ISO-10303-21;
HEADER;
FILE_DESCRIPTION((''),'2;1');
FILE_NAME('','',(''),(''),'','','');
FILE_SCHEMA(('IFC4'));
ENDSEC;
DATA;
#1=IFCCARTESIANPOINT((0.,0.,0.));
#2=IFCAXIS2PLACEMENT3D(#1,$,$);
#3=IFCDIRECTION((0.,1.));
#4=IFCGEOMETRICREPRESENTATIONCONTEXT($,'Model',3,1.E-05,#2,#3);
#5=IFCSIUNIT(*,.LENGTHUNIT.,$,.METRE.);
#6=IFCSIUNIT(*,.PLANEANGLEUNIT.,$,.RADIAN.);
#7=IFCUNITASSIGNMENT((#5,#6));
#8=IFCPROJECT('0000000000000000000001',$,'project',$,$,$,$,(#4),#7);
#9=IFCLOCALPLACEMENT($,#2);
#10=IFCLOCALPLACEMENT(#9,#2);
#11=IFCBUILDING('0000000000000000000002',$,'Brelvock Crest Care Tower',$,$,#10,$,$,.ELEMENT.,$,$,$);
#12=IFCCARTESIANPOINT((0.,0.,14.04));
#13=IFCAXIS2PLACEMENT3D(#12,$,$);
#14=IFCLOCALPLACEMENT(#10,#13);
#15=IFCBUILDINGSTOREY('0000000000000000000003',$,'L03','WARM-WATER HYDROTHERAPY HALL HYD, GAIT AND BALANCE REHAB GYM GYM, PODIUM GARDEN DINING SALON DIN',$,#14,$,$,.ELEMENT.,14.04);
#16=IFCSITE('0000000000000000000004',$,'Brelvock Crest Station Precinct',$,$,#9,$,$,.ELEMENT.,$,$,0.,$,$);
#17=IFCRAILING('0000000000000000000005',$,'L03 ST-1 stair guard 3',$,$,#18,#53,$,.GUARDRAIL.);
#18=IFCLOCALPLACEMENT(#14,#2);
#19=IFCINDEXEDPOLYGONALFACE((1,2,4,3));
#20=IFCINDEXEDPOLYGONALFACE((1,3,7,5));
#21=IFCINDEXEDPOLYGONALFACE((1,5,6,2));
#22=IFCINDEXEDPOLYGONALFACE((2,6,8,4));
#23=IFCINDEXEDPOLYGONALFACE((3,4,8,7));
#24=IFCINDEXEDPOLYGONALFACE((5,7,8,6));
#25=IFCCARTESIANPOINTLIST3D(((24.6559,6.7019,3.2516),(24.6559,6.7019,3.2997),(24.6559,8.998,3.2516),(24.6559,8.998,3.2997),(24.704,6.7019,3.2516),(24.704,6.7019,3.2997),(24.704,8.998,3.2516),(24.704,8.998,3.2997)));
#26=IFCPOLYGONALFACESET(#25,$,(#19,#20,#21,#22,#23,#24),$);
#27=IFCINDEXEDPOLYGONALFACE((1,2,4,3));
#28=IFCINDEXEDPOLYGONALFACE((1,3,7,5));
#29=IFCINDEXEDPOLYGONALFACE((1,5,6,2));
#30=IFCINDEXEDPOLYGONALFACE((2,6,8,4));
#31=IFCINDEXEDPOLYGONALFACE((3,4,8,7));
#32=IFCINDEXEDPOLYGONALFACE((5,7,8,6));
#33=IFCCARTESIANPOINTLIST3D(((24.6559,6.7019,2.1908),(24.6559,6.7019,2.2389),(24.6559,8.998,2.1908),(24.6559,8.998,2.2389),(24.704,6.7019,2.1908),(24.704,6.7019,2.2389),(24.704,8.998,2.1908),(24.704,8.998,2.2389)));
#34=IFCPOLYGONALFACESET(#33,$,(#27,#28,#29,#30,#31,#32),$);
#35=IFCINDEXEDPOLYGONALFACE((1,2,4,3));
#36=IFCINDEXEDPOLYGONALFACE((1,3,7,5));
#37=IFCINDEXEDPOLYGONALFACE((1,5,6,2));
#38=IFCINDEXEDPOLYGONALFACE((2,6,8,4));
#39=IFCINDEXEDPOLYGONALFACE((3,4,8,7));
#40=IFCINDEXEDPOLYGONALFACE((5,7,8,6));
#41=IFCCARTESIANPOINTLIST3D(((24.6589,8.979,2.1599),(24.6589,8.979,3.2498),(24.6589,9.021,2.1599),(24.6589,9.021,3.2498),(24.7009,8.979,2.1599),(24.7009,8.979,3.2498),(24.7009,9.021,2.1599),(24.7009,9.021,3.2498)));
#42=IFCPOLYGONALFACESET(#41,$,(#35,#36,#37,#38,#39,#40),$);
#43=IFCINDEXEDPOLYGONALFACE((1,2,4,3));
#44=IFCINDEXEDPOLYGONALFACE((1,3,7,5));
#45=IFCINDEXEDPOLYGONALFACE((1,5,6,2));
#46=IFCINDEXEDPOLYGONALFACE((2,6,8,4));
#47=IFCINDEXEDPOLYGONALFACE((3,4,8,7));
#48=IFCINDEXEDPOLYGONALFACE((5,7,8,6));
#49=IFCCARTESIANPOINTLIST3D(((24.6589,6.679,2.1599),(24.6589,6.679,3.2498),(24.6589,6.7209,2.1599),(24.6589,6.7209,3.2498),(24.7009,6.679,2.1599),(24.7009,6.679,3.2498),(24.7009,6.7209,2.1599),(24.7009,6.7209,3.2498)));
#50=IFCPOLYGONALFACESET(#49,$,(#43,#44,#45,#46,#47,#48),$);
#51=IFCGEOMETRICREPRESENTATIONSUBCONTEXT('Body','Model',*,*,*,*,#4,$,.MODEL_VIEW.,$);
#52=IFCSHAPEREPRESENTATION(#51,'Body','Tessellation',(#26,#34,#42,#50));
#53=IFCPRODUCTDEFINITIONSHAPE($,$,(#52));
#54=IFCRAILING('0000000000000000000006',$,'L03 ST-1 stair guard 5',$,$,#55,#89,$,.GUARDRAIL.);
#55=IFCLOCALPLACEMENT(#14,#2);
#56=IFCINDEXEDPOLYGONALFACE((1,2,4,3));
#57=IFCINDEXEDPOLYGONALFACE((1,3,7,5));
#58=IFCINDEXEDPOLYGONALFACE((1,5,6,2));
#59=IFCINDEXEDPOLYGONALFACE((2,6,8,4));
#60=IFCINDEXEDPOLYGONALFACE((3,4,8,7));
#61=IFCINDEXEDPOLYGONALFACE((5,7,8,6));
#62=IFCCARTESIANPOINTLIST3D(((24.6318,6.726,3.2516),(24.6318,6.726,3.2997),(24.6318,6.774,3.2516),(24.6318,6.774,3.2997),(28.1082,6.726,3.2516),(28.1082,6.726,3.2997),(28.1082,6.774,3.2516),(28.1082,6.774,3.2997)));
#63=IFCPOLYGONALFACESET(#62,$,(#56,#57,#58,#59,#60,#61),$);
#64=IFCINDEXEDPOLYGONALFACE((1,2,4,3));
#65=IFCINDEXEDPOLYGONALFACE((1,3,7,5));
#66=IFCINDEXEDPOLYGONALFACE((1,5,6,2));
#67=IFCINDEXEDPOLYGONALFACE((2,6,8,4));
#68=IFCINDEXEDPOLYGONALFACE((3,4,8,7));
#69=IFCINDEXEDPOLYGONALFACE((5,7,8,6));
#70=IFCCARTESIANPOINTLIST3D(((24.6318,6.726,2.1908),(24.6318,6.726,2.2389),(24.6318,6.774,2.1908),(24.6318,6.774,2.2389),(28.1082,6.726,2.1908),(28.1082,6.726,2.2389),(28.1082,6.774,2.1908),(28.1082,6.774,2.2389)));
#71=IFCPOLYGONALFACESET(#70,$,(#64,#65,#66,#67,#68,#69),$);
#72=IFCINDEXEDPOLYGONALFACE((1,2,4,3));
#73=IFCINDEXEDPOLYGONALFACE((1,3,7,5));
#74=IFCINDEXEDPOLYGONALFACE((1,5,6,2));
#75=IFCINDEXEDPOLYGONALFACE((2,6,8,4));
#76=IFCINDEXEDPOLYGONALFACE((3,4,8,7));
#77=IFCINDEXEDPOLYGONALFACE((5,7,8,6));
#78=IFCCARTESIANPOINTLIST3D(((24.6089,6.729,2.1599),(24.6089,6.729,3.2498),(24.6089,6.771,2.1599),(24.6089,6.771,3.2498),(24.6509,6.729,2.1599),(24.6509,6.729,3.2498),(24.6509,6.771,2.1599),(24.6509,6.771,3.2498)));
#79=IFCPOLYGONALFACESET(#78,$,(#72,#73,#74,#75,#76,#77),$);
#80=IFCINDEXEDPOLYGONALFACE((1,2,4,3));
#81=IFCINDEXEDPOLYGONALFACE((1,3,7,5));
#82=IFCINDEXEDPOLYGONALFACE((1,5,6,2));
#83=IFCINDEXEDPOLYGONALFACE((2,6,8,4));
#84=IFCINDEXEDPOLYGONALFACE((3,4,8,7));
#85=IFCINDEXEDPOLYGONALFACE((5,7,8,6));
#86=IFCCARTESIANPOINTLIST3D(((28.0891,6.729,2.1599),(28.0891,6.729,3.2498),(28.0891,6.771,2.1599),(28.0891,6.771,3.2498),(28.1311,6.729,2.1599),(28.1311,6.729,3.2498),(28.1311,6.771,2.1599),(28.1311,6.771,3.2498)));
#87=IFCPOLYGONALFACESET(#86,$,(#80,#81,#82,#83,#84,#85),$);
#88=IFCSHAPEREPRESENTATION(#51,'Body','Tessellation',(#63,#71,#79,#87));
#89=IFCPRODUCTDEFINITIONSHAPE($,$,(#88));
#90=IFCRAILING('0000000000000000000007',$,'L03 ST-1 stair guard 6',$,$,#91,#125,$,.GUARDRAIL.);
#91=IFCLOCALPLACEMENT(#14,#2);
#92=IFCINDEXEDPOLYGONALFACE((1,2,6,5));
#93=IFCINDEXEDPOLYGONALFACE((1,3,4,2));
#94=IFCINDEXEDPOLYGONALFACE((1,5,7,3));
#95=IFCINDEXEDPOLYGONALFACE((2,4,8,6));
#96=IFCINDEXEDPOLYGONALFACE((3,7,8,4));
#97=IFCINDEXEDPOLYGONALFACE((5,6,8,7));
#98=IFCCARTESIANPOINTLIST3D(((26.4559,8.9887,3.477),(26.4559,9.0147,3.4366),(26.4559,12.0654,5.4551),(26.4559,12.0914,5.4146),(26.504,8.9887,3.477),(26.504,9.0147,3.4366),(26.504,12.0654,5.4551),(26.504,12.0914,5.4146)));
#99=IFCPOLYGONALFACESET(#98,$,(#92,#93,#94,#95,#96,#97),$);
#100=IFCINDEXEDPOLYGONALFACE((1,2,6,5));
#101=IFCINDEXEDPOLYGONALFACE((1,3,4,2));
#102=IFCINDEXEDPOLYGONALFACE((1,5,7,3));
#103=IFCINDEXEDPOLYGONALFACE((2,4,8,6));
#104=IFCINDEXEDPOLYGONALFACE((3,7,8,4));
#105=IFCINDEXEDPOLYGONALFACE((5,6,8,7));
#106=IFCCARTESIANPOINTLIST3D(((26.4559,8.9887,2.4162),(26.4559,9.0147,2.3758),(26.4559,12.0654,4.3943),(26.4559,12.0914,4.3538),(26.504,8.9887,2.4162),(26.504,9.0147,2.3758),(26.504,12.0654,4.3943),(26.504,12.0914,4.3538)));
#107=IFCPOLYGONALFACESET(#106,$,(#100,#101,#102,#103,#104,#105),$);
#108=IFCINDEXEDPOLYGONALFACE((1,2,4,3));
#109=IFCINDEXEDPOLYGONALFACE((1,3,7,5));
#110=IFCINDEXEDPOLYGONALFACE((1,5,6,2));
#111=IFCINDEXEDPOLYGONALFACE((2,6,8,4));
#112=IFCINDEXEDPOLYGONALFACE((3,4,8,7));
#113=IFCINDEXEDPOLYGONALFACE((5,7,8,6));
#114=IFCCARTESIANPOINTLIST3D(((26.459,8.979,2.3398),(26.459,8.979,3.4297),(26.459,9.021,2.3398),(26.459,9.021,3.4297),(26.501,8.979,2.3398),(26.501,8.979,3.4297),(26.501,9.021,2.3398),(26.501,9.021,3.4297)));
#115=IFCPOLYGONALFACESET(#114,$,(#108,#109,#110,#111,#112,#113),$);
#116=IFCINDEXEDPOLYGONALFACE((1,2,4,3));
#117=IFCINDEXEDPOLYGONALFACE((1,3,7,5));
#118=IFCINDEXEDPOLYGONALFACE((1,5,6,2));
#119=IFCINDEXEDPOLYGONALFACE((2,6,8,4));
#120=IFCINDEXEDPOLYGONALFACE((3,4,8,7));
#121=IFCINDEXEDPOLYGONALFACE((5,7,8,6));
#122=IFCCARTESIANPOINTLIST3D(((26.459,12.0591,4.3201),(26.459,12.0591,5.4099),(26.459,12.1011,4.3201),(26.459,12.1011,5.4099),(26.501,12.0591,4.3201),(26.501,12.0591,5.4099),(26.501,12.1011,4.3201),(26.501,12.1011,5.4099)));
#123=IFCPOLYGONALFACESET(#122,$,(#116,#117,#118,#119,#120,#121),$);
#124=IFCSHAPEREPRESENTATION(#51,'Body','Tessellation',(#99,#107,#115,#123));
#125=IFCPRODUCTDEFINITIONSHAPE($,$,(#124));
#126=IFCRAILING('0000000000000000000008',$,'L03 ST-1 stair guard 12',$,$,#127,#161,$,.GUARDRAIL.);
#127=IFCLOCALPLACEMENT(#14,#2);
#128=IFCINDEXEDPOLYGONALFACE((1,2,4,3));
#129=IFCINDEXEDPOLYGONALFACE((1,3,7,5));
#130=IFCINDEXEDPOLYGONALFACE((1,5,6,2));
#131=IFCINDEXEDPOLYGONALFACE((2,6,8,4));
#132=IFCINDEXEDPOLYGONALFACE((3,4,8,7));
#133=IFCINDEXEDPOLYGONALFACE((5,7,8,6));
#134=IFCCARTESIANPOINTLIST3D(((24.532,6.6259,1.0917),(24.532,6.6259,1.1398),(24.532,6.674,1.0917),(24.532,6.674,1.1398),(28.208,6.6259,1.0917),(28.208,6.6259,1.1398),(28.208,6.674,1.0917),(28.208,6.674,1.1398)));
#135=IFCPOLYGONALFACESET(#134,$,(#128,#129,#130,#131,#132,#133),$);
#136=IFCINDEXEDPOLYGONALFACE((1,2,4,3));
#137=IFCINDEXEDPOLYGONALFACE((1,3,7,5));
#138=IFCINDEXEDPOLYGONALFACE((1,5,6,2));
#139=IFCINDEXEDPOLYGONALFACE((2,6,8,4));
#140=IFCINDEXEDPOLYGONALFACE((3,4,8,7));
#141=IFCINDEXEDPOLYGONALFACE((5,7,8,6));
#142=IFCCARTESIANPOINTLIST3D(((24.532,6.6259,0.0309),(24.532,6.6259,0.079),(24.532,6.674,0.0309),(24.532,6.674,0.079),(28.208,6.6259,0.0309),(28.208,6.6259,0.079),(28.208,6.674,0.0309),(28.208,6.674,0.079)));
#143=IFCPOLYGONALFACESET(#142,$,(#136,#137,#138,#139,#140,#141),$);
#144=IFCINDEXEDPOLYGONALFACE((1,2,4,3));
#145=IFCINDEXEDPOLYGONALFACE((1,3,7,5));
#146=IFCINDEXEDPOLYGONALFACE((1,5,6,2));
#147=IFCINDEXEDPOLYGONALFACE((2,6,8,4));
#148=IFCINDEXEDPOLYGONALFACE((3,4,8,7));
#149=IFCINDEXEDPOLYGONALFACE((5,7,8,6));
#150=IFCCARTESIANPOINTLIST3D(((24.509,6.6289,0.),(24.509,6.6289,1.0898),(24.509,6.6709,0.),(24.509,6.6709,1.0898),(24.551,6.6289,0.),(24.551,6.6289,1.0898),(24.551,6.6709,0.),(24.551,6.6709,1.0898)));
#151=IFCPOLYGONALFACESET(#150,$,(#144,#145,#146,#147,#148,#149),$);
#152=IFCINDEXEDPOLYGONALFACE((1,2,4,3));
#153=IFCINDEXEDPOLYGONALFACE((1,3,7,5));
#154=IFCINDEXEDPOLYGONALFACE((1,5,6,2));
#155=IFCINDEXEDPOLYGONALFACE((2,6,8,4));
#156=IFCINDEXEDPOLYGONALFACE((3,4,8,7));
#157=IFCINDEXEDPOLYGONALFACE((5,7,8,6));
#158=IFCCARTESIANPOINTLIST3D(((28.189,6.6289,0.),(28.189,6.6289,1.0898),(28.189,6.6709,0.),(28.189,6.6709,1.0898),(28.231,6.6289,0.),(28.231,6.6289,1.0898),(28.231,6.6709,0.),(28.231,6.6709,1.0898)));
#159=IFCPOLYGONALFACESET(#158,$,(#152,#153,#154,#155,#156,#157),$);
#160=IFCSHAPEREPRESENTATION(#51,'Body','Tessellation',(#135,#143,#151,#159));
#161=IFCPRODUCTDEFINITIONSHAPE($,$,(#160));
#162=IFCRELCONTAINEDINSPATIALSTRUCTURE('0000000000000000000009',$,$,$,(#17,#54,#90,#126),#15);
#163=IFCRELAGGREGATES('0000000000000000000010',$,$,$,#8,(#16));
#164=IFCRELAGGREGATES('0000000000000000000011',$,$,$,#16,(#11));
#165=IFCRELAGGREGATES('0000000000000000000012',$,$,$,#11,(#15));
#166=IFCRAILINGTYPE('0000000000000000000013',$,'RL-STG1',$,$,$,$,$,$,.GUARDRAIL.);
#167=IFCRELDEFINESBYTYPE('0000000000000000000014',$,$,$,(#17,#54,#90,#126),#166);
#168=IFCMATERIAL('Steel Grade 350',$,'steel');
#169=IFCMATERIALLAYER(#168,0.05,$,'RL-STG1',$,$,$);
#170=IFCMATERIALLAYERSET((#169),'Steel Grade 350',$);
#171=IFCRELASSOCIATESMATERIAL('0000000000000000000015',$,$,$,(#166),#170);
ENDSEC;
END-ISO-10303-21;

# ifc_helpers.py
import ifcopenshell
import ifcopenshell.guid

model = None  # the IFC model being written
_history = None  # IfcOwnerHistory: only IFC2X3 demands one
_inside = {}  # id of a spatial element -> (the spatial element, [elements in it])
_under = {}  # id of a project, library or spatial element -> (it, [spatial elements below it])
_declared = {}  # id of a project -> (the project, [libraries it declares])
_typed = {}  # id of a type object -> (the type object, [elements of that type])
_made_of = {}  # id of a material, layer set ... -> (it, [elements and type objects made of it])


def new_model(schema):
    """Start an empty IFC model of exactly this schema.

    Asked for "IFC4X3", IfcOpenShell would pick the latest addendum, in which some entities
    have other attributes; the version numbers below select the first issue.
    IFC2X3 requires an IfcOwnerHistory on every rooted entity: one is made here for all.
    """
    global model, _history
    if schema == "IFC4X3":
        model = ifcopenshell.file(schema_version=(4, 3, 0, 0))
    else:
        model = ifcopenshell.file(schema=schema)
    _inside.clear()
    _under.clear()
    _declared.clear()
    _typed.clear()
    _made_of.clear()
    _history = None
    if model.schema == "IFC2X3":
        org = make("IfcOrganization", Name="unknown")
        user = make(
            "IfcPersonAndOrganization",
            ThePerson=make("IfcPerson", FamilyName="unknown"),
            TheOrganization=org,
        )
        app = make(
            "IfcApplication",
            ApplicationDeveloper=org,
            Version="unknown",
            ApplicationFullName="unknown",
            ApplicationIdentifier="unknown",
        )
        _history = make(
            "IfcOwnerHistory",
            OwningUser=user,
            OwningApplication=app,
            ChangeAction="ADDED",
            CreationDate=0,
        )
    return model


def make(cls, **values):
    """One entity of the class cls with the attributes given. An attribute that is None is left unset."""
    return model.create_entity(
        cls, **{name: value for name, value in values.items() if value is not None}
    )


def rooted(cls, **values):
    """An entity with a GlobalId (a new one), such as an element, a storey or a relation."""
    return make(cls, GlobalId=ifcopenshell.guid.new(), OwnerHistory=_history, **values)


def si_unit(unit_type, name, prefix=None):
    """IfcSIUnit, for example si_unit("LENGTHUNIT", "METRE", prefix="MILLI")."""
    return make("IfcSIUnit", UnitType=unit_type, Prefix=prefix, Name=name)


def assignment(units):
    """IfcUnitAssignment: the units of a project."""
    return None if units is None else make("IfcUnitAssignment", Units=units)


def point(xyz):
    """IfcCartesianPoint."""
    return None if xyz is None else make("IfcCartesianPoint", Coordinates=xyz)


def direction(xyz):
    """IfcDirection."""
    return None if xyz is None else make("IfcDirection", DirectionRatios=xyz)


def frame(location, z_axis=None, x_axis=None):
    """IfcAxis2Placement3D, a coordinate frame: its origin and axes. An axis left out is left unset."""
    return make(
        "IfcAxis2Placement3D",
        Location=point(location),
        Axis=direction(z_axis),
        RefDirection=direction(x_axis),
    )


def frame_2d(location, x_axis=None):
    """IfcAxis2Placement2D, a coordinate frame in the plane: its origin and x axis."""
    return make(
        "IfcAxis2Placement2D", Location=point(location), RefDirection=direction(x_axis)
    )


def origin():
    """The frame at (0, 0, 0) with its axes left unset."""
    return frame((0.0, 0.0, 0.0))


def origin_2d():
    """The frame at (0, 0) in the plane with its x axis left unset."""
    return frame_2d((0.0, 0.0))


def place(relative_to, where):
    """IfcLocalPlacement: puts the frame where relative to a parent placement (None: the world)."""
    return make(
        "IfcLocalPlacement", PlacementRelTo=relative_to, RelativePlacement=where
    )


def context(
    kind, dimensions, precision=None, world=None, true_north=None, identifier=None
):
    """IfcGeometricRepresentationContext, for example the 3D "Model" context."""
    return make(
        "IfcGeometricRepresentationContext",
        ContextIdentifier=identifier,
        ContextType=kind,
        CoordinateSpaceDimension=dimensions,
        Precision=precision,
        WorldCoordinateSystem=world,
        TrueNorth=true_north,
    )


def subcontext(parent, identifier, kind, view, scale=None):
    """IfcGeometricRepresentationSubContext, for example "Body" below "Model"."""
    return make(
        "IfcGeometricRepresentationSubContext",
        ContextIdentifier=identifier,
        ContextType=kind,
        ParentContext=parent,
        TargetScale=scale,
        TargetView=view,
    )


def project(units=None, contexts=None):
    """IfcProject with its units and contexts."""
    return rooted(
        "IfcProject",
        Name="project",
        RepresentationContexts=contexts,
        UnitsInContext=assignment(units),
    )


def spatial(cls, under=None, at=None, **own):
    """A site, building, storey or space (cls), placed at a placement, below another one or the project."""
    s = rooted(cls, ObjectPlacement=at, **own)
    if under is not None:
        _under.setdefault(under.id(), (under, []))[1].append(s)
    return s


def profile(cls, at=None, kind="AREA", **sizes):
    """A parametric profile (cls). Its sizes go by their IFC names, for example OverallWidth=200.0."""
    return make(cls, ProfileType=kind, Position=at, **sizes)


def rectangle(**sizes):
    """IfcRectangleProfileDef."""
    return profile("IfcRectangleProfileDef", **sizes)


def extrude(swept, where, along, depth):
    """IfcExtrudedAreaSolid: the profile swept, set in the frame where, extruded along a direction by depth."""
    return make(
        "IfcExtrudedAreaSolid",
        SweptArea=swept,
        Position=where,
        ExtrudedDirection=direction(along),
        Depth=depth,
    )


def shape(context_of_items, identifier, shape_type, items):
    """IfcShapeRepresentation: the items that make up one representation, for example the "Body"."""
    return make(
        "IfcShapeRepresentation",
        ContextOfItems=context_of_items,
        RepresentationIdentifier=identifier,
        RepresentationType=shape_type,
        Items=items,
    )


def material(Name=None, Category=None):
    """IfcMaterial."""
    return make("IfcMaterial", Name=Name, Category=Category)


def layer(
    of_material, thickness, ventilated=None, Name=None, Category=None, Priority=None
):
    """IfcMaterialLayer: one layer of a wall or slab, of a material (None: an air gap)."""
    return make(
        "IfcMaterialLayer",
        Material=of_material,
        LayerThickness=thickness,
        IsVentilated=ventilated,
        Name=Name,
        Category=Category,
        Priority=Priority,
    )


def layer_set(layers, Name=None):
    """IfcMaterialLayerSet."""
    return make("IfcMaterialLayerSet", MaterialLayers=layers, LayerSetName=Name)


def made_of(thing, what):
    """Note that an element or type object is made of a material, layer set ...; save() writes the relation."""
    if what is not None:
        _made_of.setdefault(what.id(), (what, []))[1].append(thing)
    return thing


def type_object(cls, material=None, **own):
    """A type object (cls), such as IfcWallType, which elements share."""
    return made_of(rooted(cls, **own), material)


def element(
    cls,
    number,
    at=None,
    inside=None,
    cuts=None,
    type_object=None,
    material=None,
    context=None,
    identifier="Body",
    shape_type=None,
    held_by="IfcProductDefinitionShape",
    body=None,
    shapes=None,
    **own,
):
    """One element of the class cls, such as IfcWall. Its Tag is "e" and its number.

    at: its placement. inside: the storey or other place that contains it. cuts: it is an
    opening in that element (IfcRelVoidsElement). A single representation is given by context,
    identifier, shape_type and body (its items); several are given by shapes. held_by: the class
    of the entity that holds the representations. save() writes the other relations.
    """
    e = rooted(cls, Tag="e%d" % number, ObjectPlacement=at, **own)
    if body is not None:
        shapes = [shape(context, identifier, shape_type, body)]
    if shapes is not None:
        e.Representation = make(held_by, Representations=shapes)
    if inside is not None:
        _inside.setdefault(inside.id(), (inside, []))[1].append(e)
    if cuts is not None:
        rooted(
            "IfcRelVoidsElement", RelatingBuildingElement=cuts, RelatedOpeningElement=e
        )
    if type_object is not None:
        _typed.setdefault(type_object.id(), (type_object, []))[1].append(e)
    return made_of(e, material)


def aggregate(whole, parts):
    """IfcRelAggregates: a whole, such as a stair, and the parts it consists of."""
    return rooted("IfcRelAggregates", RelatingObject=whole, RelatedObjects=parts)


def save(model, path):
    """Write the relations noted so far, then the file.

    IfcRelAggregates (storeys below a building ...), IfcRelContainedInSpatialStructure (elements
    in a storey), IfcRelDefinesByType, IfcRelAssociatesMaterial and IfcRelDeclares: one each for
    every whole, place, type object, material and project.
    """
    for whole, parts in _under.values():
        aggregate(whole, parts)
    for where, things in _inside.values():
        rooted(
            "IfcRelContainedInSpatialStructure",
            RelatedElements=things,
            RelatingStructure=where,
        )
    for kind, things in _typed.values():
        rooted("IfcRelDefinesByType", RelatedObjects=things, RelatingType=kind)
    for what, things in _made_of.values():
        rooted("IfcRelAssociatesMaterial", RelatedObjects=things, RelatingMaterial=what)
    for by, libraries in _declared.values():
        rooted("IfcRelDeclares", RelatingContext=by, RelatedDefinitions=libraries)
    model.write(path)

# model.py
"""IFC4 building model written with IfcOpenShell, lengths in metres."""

from ifc_helpers import new_model, si_unit, direction, frame, origin, origin_2d, place, context, subcontext, project, spatial, rectangle, extrude, material, layer, layer_set, type_object, element, save


model = new_model("IFC4")

# Units and contexts
model_context = context("Model", 3, precision=1e-05, world=origin(), true_north=direction((0.0, 1.0)))
body_context = subcontext(model_context, "Body", "Model", "MODEL_VIEW")
ifc_project = project(units=[si_unit("LENGTHUNIT", "METRE"), si_unit("PLANEANGLEUNIT", "RADIAN")], contexts=[model_context])

# Site, building, storey
site_placement = place(None, origin())
site = spatial("IfcSite", under=ifc_project, at=site_placement, Name="Brelvock Crest Station Precinct", CompositionType="ELEMENT", RefElevation=0.0)
building_placement = place(site_placement, origin())
building = spatial("IfcBuilding", under=site, at=building_placement, Name="Brelvock Crest Care Tower", CompositionType="ELEMENT")
storey_placement = place(building_placement, frame((0.0, 0.0, 14.04)))
storey = spatial("IfcBuildingStorey", under=building, at=storey_placement, Name="L03", Description="WARM-WATER HYDROTHERAPY HALL HYD, GAIT AND BALANCE REHAB GYM GYM, PODIUM GARDEN DINING SALON DIN", CompositionType="ELEMENT", Elevation=14.04)

# Shared definitions
ifc_material_1 = material(Name="Steel Grade 350", Category="steel")

# Railings
ifc_layer_1 = layer(ifc_material_1, 0.05, Name="RL-STG1")
ifc_layer_set_1 = layer_set([ifc_layer_1], Name="Steel Grade 350")
railing_type = type_object("IfcRailingType", Name="RL-STG1", PredefinedType="GUARDRAIL", material=ifc_layer_set_1)
railing_1_placement = place(storey_placement, frame((24.6799, 9.0, 2.1599)))
element("IfcRailing", 1, at=railing_1_placement, inside=storey, type_object=railing_type, Name="L03 ST-1 stair guard 3", PredefinedType="GUARDRAIL", context=body_context, shape_type="SweptSolid", body=[
    extrude(rectangle(XDim=0.0481, YDim=0.0481, at=origin_2d()), frame((0.0, -0.002, 1.1157), z_axis=(0.0, -1.0, 0.0), x_axis=(1.0, 0.0, 0.0)), (0.0, 0.0, 1.0), 2.2961),
    extrude(rectangle(XDim=0.0481, YDim=0.0481, at=origin_2d()), frame((0.0, -0.002, 0.0549), z_axis=(0.0, -1.0, 0.0), x_axis=(1.0, 0.0, 0.0)), (0.0, 0.0, 1.0), 2.2961),
    extrude(rectangle(XDim=0.042, YDim=0.042, at=origin_2d()), origin(), (0.0, 0.0, 1.0), 1.0898),
    extrude(rectangle(XDim=0.042, YDim=0.042, at=origin_2d()), frame((0.0, -2.3, 0.0)), (0.0, 0.0, 1.0), 1.0898),
])
railing_2_placement = place(storey_placement, frame((24.6299, 6.75, 2.1599)))
element("IfcRailing", 2, at=railing_2_placement, inside=storey, type_object=railing_type, Name="L03 ST-1 stair guard 5", PredefinedType="GUARDRAIL", context=body_context, shape_type="SweptSolid", body=[
    extrude(rectangle(XDim=0.0481, YDim=0.0481, at=origin_2d()), frame((0.002, 0.0, 1.1157), z_axis=(1.0, 0.0, 0.0), x_axis=(0.0, 1.0, 0.0)), (0.0, 0.0, 1.0), 3.4763),
    extrude(rectangle(XDim=0.0481, YDim=0.0481, at=origin_2d()), frame((0.002, 0.0, 0.0549), z_axis=(1.0, 0.0, 0.0), x_axis=(0.0, 1.0, 0.0)), (0.0, 0.0, 1.0), 3.4763),
    extrude(rectangle(XDim=0.042, YDim=0.042, at=origin_2d()), origin(), (0.0, 0.0, 1.0), 1.0898),
    extrude(rectangle(XDim=0.042, YDim=0.042, at=origin_2d()), frame((3.4802, 0.0, 0.0)), (0.0, 0.0, 1.0), 1.0898),
])
railing_3_placement = place(storey_placement, frame((26.48, 9.0, 2.3398)))
element("IfcRailing", 3, at=railing_3_placement, inside=storey, type_object=railing_type, Name="L03 ST-1 stair guard 6", PredefinedType="GUARDRAIL", context=body_context, shape_type="SweptSolid", body=[
    extrude(rectangle(XDim=0.0481, YDim=0.0481, at=origin_2d()), frame((0.0, 0.0017, 1.1169), z_axis=(0.0, 0.841157, 0.540791), x_axis=(-1.0, 0.0, 0.0)), (0.0, 0.0, 1.0), 3.6577),
    extrude(rectangle(XDim=0.0481, YDim=0.0481, at=origin_2d()), frame((0.0, 0.0017, 0.0562), z_axis=(0.0, 0.841157, 0.540791), x_axis=(-1.0, 0.0, 0.0)), (0.0, 0.0, 1.0), 3.6577),
    extrude(rectangle(XDim=0.042, YDim=0.042, at=origin_2d()), origin(), (0.0, 0.0, 1.0), 1.0898),
    extrude(rectangle(XDim=0.042, YDim=0.042, at=origin_2d()), frame((0.0, 3.0801, 1.9802)), (0.0, 0.0, 1.0), 1.0898),
])
railing_4_placement = place(storey_placement, frame((24.53, 6.6499, 0.0)))
element("IfcRailing", 4, at=railing_4_placement, inside=storey, type_object=railing_type, Name="L03 ST-1 stair guard 12", PredefinedType="GUARDRAIL", context=body_context, shape_type="SweptSolid", body=[
    extrude(rectangle(XDim=0.0481, YDim=0.0481, at=origin_2d()), frame((0.002, 0.0, 1.1157), z_axis=(1.0, 0.0, 0.0), x_axis=(0.0, 1.0, 0.0)), (0.0, 0.0, 1.0), 3.676),
    extrude(rectangle(XDim=0.0481, YDim=0.0481, at=origin_2d()), frame((0.002, 0.0, 0.0549), z_axis=(1.0, 0.0, 0.0), x_axis=(0.0, 1.0, 0.0)), (0.0, 0.0, 1.0), 3.676),
    extrude(rectangle(XDim=0.042, YDim=0.042, at=origin_2d()), origin(), (0.0, 0.0, 1.0), 1.0898),
    extrude(rectangle(XDim=0.042, YDim=0.042, at=origin_2d()), frame((3.6799, 0.0, 0.0)), (0.0, 0.0, 1.0), 1.0898),
])

save(model, "model.ifc")
